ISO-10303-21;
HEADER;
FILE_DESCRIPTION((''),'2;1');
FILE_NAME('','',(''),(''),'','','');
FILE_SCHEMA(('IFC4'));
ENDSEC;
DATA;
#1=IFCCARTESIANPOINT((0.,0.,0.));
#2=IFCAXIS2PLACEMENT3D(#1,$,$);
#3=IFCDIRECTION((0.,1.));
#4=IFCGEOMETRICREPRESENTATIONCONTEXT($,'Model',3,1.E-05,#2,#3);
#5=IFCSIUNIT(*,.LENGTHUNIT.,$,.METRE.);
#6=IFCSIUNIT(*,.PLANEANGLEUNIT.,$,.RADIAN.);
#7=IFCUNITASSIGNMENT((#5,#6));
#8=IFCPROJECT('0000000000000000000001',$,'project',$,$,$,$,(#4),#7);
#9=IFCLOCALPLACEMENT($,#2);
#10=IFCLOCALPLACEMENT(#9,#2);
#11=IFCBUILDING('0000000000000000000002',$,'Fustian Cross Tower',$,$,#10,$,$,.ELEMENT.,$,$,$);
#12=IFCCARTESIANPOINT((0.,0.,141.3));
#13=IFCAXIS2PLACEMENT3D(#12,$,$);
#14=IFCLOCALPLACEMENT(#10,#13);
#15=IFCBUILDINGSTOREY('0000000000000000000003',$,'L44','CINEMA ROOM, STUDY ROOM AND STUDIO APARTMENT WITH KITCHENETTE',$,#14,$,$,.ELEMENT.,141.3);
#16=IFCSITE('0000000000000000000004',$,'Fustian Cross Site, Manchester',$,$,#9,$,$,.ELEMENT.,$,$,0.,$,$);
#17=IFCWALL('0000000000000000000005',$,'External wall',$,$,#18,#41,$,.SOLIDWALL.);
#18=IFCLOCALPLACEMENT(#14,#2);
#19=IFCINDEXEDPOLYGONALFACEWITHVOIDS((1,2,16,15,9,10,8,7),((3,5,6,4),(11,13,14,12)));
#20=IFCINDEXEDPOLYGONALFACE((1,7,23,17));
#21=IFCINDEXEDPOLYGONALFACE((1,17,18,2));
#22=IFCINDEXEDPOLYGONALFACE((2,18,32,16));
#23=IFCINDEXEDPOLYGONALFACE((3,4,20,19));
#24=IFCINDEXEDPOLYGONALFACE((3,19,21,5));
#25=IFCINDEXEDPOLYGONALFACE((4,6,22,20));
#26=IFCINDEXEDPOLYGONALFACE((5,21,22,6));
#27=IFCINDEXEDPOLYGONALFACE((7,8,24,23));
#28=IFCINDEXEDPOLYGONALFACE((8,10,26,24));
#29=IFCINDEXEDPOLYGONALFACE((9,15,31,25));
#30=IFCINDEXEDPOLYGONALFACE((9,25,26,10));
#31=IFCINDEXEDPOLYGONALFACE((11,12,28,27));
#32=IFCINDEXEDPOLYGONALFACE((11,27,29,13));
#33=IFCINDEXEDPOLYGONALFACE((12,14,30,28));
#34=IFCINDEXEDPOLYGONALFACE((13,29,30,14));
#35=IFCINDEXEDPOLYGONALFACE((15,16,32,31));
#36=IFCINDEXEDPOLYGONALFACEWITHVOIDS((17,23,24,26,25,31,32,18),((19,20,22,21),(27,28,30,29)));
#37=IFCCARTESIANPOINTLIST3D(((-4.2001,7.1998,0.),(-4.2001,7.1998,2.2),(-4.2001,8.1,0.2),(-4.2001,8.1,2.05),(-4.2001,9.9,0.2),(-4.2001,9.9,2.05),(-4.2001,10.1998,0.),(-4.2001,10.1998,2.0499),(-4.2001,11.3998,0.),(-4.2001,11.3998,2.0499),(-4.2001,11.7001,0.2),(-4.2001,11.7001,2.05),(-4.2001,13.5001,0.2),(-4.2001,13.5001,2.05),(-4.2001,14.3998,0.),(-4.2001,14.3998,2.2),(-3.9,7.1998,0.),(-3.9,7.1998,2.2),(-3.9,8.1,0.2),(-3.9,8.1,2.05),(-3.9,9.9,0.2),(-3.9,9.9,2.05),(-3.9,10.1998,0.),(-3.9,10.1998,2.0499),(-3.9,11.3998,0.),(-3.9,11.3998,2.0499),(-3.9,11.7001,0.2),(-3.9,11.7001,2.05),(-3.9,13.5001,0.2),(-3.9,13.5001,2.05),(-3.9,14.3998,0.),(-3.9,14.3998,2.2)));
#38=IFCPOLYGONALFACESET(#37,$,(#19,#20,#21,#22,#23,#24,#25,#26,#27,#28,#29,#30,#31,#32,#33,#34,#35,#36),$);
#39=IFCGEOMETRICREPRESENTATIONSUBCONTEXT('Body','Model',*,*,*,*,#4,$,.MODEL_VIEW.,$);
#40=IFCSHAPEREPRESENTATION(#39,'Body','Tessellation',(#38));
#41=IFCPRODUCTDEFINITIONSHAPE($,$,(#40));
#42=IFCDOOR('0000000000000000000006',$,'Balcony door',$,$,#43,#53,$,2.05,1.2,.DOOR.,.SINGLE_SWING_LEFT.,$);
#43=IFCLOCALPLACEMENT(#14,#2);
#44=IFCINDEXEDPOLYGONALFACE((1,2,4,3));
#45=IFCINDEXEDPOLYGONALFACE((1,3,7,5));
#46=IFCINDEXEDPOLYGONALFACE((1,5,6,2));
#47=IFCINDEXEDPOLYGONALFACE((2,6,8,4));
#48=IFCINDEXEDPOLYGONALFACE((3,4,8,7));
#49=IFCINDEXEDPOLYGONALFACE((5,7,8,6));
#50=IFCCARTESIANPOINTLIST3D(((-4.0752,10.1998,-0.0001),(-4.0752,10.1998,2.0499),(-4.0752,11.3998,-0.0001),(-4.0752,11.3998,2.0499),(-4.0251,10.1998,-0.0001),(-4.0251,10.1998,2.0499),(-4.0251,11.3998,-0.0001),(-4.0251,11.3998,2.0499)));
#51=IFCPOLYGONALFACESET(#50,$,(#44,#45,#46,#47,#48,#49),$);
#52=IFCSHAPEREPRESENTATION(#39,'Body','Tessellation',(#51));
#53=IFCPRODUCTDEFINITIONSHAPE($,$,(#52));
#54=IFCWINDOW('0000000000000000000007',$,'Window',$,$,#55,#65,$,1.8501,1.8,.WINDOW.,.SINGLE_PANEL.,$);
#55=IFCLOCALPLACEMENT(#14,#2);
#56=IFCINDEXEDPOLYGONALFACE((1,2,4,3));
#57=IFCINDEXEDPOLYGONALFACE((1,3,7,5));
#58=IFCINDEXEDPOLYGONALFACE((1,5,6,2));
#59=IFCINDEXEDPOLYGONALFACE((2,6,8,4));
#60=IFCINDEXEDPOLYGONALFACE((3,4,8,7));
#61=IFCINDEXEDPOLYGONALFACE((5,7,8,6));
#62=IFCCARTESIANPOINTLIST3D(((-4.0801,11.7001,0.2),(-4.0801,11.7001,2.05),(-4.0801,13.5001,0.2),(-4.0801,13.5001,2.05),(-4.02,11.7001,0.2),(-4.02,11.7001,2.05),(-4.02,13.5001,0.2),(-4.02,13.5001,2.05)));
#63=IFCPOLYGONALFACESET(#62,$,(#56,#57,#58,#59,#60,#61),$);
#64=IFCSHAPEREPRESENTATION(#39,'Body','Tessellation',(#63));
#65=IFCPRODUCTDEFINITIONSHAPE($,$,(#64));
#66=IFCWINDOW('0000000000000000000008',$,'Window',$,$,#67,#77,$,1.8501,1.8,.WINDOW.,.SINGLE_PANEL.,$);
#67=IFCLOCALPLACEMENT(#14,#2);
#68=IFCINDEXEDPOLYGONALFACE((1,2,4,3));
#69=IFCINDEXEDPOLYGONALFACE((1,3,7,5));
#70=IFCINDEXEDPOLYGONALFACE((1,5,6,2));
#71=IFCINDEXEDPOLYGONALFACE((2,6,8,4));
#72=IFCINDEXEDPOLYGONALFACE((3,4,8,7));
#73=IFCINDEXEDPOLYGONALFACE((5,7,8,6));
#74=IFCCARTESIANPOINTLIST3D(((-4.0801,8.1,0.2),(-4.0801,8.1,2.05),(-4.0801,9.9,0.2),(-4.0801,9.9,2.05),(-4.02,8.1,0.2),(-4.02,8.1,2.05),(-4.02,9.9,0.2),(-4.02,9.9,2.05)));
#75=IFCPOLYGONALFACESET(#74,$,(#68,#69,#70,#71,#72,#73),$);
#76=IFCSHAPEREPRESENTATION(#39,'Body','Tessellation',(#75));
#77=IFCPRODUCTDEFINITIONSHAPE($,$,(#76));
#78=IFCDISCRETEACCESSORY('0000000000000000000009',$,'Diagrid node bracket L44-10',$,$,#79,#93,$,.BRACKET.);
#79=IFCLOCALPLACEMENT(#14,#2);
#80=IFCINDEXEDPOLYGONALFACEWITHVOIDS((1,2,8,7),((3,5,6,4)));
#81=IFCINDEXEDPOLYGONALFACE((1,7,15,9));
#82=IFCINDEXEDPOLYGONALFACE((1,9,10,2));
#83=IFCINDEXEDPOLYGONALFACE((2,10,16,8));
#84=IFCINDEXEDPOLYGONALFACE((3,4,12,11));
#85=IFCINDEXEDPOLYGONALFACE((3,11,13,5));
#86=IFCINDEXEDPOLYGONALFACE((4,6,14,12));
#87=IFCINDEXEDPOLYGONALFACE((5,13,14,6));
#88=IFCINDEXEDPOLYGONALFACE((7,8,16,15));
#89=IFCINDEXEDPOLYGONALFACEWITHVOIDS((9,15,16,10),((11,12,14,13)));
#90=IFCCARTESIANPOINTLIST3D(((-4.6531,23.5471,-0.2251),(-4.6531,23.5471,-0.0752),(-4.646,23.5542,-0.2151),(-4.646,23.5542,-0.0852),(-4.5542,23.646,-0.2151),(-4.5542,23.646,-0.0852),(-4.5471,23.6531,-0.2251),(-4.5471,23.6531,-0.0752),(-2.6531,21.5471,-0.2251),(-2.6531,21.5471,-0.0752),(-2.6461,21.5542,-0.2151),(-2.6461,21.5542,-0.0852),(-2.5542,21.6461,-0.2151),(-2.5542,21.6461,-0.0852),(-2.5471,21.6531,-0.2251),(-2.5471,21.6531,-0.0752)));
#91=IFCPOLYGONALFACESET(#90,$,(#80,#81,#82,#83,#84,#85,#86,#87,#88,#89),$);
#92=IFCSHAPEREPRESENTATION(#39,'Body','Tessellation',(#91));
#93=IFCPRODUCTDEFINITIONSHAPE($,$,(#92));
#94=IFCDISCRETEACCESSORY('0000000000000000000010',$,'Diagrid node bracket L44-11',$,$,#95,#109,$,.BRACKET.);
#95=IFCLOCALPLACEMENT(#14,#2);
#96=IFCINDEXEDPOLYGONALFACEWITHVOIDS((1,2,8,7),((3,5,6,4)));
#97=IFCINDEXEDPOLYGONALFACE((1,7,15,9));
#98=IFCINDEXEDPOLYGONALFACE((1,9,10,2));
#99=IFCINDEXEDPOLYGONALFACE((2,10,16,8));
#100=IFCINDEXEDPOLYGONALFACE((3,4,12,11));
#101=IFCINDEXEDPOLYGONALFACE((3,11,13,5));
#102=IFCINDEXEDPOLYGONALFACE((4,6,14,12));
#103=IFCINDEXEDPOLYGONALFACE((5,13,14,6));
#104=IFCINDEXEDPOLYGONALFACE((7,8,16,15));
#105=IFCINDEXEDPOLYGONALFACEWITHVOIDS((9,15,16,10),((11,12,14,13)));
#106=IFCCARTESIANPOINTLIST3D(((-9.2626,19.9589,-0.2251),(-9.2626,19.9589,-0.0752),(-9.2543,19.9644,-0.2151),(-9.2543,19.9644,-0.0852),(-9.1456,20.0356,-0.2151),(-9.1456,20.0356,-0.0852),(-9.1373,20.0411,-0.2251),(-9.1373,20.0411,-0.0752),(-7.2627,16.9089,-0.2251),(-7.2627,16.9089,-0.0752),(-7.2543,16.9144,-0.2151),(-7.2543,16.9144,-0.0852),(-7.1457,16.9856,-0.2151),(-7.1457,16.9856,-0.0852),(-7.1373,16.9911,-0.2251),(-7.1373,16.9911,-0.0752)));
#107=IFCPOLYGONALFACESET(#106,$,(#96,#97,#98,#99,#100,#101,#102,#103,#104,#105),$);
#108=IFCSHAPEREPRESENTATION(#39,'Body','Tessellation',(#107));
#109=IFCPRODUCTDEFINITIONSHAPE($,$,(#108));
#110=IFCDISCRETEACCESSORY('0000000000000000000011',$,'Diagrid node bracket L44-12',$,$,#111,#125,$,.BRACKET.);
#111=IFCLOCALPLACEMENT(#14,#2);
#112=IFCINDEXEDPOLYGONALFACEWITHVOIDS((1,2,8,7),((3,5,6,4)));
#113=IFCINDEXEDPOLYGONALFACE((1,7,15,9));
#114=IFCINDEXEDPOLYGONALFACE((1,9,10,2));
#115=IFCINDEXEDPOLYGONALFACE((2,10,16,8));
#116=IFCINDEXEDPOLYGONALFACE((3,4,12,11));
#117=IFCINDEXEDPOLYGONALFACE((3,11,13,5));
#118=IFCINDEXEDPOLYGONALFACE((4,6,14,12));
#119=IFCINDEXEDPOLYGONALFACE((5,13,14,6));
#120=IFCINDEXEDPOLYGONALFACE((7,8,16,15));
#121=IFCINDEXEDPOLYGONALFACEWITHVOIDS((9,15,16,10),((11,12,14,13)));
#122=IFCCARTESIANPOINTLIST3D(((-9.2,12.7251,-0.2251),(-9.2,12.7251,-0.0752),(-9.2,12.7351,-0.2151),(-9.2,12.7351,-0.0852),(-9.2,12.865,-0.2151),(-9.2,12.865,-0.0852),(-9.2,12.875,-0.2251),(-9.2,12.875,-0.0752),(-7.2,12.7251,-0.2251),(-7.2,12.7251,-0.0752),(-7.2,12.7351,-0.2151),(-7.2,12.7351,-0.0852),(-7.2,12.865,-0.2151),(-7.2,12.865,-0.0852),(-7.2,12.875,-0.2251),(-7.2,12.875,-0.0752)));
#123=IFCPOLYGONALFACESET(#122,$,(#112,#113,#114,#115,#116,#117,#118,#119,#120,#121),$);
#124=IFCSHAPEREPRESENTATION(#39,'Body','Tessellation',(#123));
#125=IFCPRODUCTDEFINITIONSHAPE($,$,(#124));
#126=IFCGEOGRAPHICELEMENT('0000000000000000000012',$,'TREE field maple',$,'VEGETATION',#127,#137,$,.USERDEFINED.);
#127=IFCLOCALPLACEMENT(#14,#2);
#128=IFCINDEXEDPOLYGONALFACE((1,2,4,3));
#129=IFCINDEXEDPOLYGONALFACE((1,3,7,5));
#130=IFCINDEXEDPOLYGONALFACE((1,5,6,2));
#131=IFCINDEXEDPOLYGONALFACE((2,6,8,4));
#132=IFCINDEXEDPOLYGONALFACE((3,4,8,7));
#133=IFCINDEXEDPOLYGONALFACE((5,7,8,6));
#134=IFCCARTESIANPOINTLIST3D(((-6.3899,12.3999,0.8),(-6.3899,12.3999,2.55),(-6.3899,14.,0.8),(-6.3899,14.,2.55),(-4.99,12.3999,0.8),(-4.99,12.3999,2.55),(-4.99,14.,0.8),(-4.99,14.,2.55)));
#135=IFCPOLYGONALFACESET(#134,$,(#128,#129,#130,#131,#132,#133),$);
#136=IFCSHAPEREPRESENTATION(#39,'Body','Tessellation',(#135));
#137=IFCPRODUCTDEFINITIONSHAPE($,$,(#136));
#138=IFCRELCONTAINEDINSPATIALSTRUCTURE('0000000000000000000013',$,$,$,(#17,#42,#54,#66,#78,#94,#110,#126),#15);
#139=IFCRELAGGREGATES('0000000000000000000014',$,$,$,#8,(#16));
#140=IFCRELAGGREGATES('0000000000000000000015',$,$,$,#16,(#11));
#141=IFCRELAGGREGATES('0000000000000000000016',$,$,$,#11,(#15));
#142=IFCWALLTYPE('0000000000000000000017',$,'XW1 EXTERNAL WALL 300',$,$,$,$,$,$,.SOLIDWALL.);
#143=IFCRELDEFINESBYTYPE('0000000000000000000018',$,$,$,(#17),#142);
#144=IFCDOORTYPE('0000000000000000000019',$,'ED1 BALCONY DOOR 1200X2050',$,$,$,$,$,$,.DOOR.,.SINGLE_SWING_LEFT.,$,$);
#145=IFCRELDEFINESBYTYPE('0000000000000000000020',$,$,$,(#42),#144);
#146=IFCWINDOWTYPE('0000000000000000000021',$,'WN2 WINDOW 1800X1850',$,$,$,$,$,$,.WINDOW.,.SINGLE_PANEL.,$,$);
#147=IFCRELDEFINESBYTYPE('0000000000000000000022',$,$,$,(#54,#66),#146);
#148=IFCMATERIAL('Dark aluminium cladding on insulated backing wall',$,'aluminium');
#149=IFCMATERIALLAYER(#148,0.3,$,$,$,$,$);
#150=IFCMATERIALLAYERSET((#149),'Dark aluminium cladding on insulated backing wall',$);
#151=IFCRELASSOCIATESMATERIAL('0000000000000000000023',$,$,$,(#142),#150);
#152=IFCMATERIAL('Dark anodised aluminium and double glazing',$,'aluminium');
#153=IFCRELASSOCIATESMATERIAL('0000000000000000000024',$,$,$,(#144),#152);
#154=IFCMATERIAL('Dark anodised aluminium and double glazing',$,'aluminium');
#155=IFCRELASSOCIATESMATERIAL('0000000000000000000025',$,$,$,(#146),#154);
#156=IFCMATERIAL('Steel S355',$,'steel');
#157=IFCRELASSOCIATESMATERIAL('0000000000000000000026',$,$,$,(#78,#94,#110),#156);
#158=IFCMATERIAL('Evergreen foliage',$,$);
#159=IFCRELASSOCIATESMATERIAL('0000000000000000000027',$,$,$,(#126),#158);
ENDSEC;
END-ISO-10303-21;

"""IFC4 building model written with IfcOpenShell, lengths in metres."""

from ifc_helpers import new_model, si_unit, direction, frame, frame_2d, origin, origin_2d, place, context, subcontext, project, spatial, rectangle, hollow_rectangle, extrude, material, layer, layer_set, type_object, element, fill, save


model = new_model("IFC4")

# Units and contexts
model_context = context("Model", 3, precision=1e-05, world=origin(), true_north=direction((0.0, 1.0)))
body_context = subcontext(model_context, "Body", "Model", "MODEL_VIEW")
ifc_project = project(units=[si_unit("LENGTHUNIT", "METRE"), si_unit("PLANEANGLEUNIT", "RADIAN")], contexts=[model_context])

# Site, building, storey
site_placement = place(None, origin())
site = spatial("IfcSite", under=ifc_project, at=site_placement, Name="Fustian Cross Site, Manchester", CompositionType="ELEMENT", RefElevation=0.0)
building_placement = place(site_placement, origin())
building = spatial("IfcBuilding", under=site, at=building_placement, Name="Fustian Cross Tower", CompositionType="ELEMENT")
storey_placement = place(building_placement, frame((0.0, 0.0, 141.3)))
storey = spatial("IfcBuildingStorey", under=building, at=storey_placement, Name="L44", Description="CINEMA ROOM, STUDY ROOM AND STUDIO APARTMENT WITH KITCHENETTE", CompositionType="ELEMENT", Elevation=141.3)

# Shared definitions
ifc_material_1 = material(Name="Dark aluminium cladding on insulated backing wall", Category="aluminium")
ifc_layer_1 = layer(ifc_material_1, 0.3)
ifc_layer_set_1 = layer_set([ifc_layer_1], Name="Dark aluminium cladding on insulated backing wall")
wall_type_1 = type_object("IfcWallType", Name="XW1 EXTERNAL WALL 300", PredefinedType="SOLIDWALL", material=ifc_layer_set_1)

# Wall, openings, door, windows
wall_1_placement = place(storey_placement, frame((-4.05, 14.3999, 0.0), z_axis=(0.0, 0.0, 1.0), x_axis=(0.0, -1.0, 0.0)))
wall_1 = element("IfcWall", 1, at=wall_1_placement, inside=storey, type_object=wall_type_1, Name="External wall", PredefinedType="SOLIDWALL", context=body_context, shape_type="SweptSolid", body=[
    extrude(rectangle(XDim=7.2, YDim=0.3, at=frame_2d((3.6001, 0.0))), origin(), (0.0, 0.0, 1.0), 2.2),
])
opening_1_placement = place(wall_1_placement, frame((3.0, 0.0, 0.0)))
opening_1 = element("IfcOpeningElement", 2, at=opening_1_placement, cuts=wall_1, PredefinedType="OPENING", context=body_context, shape_type="SweptSolid", body=[
    extrude(rectangle(XDim=1.2, YDim=2.05, at=frame_2d((0.6001, 1.0249))), frame((0.0, 0.1599, 0.0), z_axis=(0.0, -1.0, 0.0), x_axis=(1.0, 0.0, 0.0)), (0.0, 0.0, 1.0), 0.3201),
])
opening_2_placement = place(wall_1_placement, frame((0.8999, 0.0, 0.2)))
opening_2 = element("IfcOpeningElement", 3, at=opening_2_placement, cuts=wall_1, PredefinedType="OPENING", context=body_context, shape_type="SweptSolid", body=[
    extrude(rectangle(XDim=1.8, YDim=1.8501, at=frame_2d((0.8999, 0.925))), frame((0.0, 0.1599, 0.0), z_axis=(0.0, -1.0, 0.0), x_axis=(1.0, 0.0, 0.0)), (0.0, 0.0, 1.0), 0.3201),
])
opening_3_placement = place(wall_1_placement, frame((4.5, 0.0, 0.2)))
opening_3 = element("IfcOpeningElement", 4, at=opening_3_placement, cuts=wall_1, PredefinedType="OPENING", context=body_context, shape_type="SweptSolid", body=[
    extrude(rectangle(XDim=1.8, YDim=1.8501, at=frame_2d((0.8999, 0.925))), frame((0.0, 0.1599, 0.0), z_axis=(0.0, -1.0, 0.0), x_axis=(1.0, 0.0, 0.0)), (0.0, 0.0, 1.0), 0.3201),
])
ifc_material_2 = material(Name="Dark anodised aluminium and double glazing", Category="aluminium")
door_type = type_object("IfcDoorType", Name="ED1 BALCONY DOOR 1200X2050", OperationType="SINGLE_SWING_LEFT", PredefinedType="DOOR", material=ifc_material_2)
door_placement = place(opening_1_placement, origin())
door = element("IfcDoor", 5, at=door_placement, inside=storey, type_object=door_type, Name="Balcony door", OperationType="SINGLE_SWING_LEFT", OverallHeight=2.05, OverallWidth=1.2, PredefinedType="DOOR", context=body_context, shape_type="SweptSolid", body=[
    extrude(rectangle(XDim=1.2, YDim=2.05, at=frame_2d((0.6001, 1.0249))), frame((0.0, 0.0249, 0.0), z_axis=(0.0, -1.0, 0.0), x_axis=(1.0, 0.0, 0.0)), (0.0, 0.0, 1.0), 0.05),
])
fill(opening_1, door)
ifc_material_3 = material(Name="Dark anodised aluminium and double glazing", Category="aluminium")
window_type_1 = type_object("IfcWindowType", Name="WN2 WINDOW 1800X1850", PartitioningType="SINGLE_PANEL", PredefinedType="WINDOW", material=ifc_material_3)
window_1_placement = place(opening_2_placement, origin())
window_1 = element("IfcWindow", 6, at=window_1_placement, inside=storey, type_object=window_type_1, Name="Window", OverallHeight=1.8501, OverallWidth=1.8, PartitioningType="SINGLE_PANEL", PredefinedType="WINDOW", context=body_context, shape_type="SweptSolid", body=[
    extrude(rectangle(XDim=1.8, YDim=1.8501, at=frame_2d((0.8999, 0.925))), frame((0.0, 0.03, 0.0), z_axis=(0.0, -1.0, 0.0), x_axis=(1.0, 0.0, 0.0)), (0.0, 0.0, 1.0), 0.0601),
])
fill(opening_2, window_1)
window_2_placement = place(opening_3_placement, origin())
window_2 = element("IfcWindow", 7, at=window_2_placement, inside=storey, type_object=window_type_1, Name="Window", OverallHeight=1.8501, OverallWidth=1.8, PartitioningType="SINGLE_PANEL", PredefinedType="WINDOW", context=body_context, shape_type="SweptSolid", body=[
    extrude(rectangle(XDim=1.8, YDim=1.8501, at=frame_2d((0.8999, 0.925))), frame((0.0, 0.03, 0.0), z_axis=(0.0, -1.0, 0.0), x_axis=(1.0, 0.0, 0.0)), (0.0, 0.0, 1.0), 0.0601),
])
fill(opening_3, window_2)

# Discrete accessories
ifc_material_4 = material(Name="Steel S355", Category="steel")
discrete_accessory_1_placement = place(storey_placement, frame((-4.6001, 23.6001, -0.1501), z_axis=(0.707107, -0.707107, 0.0), x_axis=(0.707107, 0.707107, 0.0)))
element("IfcDiscreteAccessory", 8, at=discrete_accessory_1_placement, inside=storey, material=ifc_material_4, Name="Diagrid node bracket L44-10", PredefinedType="BRACKET", context=body_context, shape_type="SweptSolid", body=[
    extrude(hollow_rectangle(XDim=0.1499, YDim=0.1499, WallThickness=0.01, at=origin_2d()), origin(), (0.0, 0.0, 1.0), 2.8284),
])
discrete_accessory_2_placement = place(storey_placement, frame((-9.2, 20.0, -0.1501), z_axis=(0.548351, -0.836248, 0.0), x_axis=(0.836248, 0.548351, 0.0)))
element("IfcDiscreteAccessory", 9, at=discrete_accessory_2_placement, inside=storey, material=ifc_material_4, Name="Diagrid node bracket L44-11", PredefinedType="BRACKET", context=body_context, shape_type="SweptSolid", body=[
    extrude(hollow_rectangle(XDim=0.1499, YDim=0.1499, WallThickness=0.01, at=origin_2d()), origin(), (0.0, 0.0, 1.0), 3.6472),
])
discrete_accessory_3_placement = place(storey_placement, frame((-9.2, 12.8, -0.1501), z_axis=(1.0, 0.0, 0.0), x_axis=(0.0, 1.0, 0.0)))
element("IfcDiscreteAccessory", 10, at=discrete_accessory_3_placement, inside=storey, material=ifc_material_4, Name="Diagrid node bracket L44-12", PredefinedType="BRACKET", context=body_context, shape_type="SweptSolid", body=[
    extrude(hollow_rectangle(XDim=0.1499, YDim=0.1499, WallThickness=0.01, at=origin_2d()), origin(), (0.0, 0.0, 1.0), 2.0),
])

# Geographic element
ifc_material_5 = material(Name="Evergreen foliage")
geographic_element_placement = place(storey_placement, frame((-5.6899, 13.2, 0.8), z_axis=(0.0, 0.0, 1.0), x_axis=(1.0, 0.0, 0.0)))
element("IfcGeographicElement", 11, at=geographic_element_placement, inside=storey, material=ifc_material_5, Name="TREE field maple", ObjectType="VEGETATION", PredefinedType="USERDEFINED", context=body_context, shape_type="SweptSolid", body=[
    extrude(rectangle(XDim=1.3999, YDim=1.6001, at=origin_2d()), origin(), (0.0, 0.0, 1.0), 1.75),
])

save(model, "model.ifc")
